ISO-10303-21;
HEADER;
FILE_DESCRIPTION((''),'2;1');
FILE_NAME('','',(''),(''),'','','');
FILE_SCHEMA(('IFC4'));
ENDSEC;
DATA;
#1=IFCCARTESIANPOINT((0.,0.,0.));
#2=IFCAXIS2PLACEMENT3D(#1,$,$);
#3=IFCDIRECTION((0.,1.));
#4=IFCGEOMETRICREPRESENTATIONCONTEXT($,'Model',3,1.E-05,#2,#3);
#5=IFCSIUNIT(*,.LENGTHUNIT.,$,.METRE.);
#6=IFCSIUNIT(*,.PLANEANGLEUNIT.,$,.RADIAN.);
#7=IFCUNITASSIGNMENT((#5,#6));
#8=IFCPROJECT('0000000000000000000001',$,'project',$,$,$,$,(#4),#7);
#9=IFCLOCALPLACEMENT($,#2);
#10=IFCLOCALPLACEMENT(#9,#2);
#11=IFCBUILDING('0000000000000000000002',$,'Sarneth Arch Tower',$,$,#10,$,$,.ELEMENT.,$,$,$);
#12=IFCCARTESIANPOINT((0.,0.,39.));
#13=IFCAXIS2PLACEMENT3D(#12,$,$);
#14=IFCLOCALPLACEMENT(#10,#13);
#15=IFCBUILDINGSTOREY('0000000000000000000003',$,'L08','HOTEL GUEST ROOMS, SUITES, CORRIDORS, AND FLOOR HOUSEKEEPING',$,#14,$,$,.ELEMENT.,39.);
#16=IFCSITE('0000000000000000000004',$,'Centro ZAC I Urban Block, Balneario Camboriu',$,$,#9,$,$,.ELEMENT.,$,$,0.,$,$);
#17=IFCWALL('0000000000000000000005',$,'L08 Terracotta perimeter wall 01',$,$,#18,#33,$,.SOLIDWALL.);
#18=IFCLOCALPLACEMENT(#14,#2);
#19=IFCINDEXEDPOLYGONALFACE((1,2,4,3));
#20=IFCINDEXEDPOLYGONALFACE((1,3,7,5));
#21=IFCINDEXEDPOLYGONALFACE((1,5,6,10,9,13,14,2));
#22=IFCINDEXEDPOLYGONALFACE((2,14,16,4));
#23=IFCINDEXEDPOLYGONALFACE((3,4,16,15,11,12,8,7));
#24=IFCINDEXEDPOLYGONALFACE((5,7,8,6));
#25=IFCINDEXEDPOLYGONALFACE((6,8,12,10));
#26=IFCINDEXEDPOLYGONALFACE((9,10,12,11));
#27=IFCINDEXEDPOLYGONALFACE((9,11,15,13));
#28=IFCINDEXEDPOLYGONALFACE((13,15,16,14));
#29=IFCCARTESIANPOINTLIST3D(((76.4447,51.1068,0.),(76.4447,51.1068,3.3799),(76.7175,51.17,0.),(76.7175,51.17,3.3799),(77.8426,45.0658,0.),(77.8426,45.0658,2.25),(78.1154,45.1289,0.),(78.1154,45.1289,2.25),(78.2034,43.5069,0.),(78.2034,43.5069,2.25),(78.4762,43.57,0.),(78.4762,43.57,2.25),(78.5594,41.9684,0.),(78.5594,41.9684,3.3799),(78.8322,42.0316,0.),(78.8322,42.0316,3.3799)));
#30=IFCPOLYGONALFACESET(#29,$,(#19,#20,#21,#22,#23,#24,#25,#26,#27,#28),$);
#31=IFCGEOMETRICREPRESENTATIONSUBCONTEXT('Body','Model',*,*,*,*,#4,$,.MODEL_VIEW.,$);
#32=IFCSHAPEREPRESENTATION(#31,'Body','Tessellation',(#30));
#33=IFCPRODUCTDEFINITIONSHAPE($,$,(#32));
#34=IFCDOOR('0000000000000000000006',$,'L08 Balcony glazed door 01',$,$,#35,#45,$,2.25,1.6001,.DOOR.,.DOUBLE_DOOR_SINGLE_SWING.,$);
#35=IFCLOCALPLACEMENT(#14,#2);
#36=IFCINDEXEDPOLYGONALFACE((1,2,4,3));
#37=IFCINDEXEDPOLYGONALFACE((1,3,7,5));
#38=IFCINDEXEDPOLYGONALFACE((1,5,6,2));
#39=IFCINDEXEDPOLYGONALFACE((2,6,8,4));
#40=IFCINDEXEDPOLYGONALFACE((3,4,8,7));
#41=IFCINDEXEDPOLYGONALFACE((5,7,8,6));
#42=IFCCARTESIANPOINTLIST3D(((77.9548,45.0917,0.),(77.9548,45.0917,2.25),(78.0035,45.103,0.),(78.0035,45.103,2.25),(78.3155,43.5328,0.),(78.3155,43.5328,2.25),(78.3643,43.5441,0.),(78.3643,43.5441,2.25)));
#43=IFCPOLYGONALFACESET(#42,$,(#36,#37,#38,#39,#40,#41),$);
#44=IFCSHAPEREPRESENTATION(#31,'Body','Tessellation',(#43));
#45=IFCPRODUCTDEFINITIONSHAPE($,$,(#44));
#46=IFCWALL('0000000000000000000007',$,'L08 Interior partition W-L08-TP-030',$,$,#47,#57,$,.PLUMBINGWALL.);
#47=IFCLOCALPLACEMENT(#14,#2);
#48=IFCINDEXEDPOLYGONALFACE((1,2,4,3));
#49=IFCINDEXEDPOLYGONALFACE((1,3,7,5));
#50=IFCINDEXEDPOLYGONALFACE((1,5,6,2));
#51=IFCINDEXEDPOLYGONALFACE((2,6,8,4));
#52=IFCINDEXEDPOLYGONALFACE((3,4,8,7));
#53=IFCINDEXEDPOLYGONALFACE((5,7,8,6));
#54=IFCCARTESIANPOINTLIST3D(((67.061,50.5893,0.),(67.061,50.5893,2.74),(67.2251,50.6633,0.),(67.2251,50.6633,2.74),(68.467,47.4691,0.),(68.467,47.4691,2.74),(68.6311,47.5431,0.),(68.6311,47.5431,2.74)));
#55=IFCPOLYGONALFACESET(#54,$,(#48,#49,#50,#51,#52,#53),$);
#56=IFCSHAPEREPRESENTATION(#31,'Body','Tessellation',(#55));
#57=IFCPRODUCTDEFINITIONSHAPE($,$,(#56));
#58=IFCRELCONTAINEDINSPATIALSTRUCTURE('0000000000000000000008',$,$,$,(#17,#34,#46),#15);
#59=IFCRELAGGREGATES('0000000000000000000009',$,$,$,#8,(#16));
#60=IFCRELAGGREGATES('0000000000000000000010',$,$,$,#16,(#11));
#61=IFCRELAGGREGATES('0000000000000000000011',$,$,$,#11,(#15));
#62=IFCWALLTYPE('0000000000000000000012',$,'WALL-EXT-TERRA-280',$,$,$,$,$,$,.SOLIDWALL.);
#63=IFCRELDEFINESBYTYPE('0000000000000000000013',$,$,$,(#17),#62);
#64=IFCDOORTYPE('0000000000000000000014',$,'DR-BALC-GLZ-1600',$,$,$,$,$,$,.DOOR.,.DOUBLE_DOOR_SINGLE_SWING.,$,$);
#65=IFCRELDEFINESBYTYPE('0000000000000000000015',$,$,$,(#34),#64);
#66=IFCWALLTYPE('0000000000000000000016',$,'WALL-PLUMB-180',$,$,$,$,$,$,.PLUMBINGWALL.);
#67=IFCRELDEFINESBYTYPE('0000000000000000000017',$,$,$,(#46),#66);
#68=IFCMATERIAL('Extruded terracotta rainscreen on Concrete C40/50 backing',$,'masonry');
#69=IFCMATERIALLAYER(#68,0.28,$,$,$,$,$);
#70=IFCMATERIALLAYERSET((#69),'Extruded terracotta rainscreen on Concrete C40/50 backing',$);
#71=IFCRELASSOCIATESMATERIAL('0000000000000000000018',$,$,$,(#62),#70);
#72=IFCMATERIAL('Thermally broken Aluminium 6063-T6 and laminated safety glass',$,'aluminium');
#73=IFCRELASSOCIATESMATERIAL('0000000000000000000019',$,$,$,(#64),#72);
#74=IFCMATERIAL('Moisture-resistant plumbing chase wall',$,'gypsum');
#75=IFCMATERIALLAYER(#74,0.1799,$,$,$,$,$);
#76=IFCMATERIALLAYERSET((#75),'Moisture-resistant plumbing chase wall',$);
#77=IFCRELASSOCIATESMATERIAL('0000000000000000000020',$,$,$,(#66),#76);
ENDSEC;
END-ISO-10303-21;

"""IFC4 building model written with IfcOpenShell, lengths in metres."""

from ifc_helpers import new_model, si_unit, direction, frame, frame_2d, origin, place, context, subcontext, project, spatial, rectangle, extrude, material, layer, layer_set, type_object, element, fill, save


model = new_model("IFC4")

# Units and contexts
model_context = context("Model", 3, precision=1e-05, world=origin(), true_north=direction((0.0, 1.0)))
body_context = subcontext(model_context, "Body", "Model", "MODEL_VIEW")
ifc_project = project(units=[si_unit("LENGTHUNIT", "METRE"), si_unit("PLANEANGLEUNIT", "RADIAN")], contexts=[model_context])

# Site, building, storey
site_placement = place(None, origin())
site = spatial("IfcSite", under=ifc_project, at=site_placement, Name="Centro ZAC I Urban Block, Balneario Camboriu", CompositionType="ELEMENT", RefElevation=0.0)
building_placement = place(site_placement, origin())
building = spatial("IfcBuilding", under=site, at=building_placement, Name="Sarneth Arch Tower", CompositionType="ELEMENT")
storey_placement = place(building_placement, frame((0.0, 0.0, 39.0)))
storey = spatial("IfcBuildingStorey", under=building, at=storey_placement, Name="L08", Description="HOTEL GUEST ROOMS, SUITES, CORRIDORS, AND FLOOR HOUSEKEEPING", CompositionType="ELEMENT", Elevation=39.0)

# Wall, opening, door
ifc_material_1 = material(Name="Extruded terracotta rainscreen on Concrete C40/50 backing", Category="masonry")
ifc_layer_1 = layer(ifc_material_1, 0.28)
ifc_layer_set_1 = layer_set([ifc_layer_1], Name="Extruded terracotta rainscreen on Concrete C40/50 backing")
wall_type_1 = type_object("IfcWallType", Name="WALL-EXT-TERRA-280", PredefinedType="SOLIDWALL", material=ifc_layer_set_1)
wall_1_placement = place(storey_placement, frame((78.6958, 42.0, 0.0), z_axis=(0.0, 0.0, 1.0), x_axis=(-0.225454, 0.974254, 0.0)))
wall_1 = element("IfcWall", 1, at=wall_1_placement, inside=storey, type_object=wall_type_1, Name="L08 Terracotta perimeter wall 01", PredefinedType="SOLIDWALL", context=body_context, shape_type="SweptSolid", body=[
    extrude(rectangle(XDim=9.3799, YDim=0.28, at=frame_2d((4.6899, 0.0))), origin(), (0.0, 0.0, 1.0), 3.3799),
])
opening_placement = place(wall_1_placement, frame((1.5791, 0.0, 0.0)))
opening = element("IfcOpeningElement", 2, at=opening_placement, cuts=wall_1, PredefinedType="OPENING", context=body_context, shape_type="SweptSolid", body=[
    extrude(rectangle(XDim=1.6001, YDim=2.25, at=frame_2d((0.8, 1.125))), frame((0.0, 0.1499, 0.0), z_axis=(0.0, -1.0, 0.0), x_axis=(1.0, 0.0, 0.0)), (0.0, 0.0, 1.0), 0.3),
])
ifc_material_2 = material(Name="Thermally broken Aluminium 6063-T6 and laminated safety glass", Category="aluminium")
door_type = type_object("IfcDoorType", Name="DR-BALC-GLZ-1600", OperationType="DOUBLE_DOOR_SINGLE_SWING", PredefinedType="DOOR", material=ifc_material_2)
door_placement = place(opening_placement, origin())
door = element("IfcDoor", 3, at=door_placement, inside=storey, type_object=door_type, Name="L08 Balcony glazed door 01", OperationType="DOUBLE_DOOR_SINGLE_SWING", OverallHeight=2.25, OverallWidth=1.6001, PredefinedType="DOOR", context=body_context, shape_type="SweptSolid", body=[
    extrude(rectangle(XDim=1.6001, YDim=2.25, at=frame_2d((0.8, 1.125))), frame((0.0, 0.0249, 0.0), z_axis=(0.0, -1.0, 0.0), x_axis=(1.0, 0.0, 0.0)), (0.0, 0.0, 1.0), 0.05),
])
fill(opening, door)

# Wall
ifc_material_3 = material(Name="Moisture-resistant plumbing chase wall", Category="gypsum")
ifc_layer_2 = layer(ifc_material_3, 0.1799)
ifc_layer_set_2 = layer_set([ifc_layer_2], Name="Moisture-resistant plumbing chase wall")
wall_type_2 = type_object("IfcWallType", Name="WALL-PLUMB-180", PredefinedType="PLUMBINGWALL", material=ifc_layer_set_2)
wall_2_placement = place(storey_placement, frame((68.5491, 47.5061, 0.0), z_axis=(0.0, 0.0, 1.0), x_axis=(-0.410839, 0.911708, 0.0)))
element("IfcWall", 4, at=wall_2_placement, inside=storey, type_object=wall_type_2, Name="L08 Interior partition W-L08-TP-030", PredefinedType="PLUMBINGWALL", context=body_context, shape_type="SweptSolid", body=[
    extrude(rectangle(XDim=3.4224, YDim=0.1799, at=frame_2d((1.7112, 0.0))), origin(), (0.0, 0.0, 1.0), 2.74),
])

save(model, "model.ifc")
